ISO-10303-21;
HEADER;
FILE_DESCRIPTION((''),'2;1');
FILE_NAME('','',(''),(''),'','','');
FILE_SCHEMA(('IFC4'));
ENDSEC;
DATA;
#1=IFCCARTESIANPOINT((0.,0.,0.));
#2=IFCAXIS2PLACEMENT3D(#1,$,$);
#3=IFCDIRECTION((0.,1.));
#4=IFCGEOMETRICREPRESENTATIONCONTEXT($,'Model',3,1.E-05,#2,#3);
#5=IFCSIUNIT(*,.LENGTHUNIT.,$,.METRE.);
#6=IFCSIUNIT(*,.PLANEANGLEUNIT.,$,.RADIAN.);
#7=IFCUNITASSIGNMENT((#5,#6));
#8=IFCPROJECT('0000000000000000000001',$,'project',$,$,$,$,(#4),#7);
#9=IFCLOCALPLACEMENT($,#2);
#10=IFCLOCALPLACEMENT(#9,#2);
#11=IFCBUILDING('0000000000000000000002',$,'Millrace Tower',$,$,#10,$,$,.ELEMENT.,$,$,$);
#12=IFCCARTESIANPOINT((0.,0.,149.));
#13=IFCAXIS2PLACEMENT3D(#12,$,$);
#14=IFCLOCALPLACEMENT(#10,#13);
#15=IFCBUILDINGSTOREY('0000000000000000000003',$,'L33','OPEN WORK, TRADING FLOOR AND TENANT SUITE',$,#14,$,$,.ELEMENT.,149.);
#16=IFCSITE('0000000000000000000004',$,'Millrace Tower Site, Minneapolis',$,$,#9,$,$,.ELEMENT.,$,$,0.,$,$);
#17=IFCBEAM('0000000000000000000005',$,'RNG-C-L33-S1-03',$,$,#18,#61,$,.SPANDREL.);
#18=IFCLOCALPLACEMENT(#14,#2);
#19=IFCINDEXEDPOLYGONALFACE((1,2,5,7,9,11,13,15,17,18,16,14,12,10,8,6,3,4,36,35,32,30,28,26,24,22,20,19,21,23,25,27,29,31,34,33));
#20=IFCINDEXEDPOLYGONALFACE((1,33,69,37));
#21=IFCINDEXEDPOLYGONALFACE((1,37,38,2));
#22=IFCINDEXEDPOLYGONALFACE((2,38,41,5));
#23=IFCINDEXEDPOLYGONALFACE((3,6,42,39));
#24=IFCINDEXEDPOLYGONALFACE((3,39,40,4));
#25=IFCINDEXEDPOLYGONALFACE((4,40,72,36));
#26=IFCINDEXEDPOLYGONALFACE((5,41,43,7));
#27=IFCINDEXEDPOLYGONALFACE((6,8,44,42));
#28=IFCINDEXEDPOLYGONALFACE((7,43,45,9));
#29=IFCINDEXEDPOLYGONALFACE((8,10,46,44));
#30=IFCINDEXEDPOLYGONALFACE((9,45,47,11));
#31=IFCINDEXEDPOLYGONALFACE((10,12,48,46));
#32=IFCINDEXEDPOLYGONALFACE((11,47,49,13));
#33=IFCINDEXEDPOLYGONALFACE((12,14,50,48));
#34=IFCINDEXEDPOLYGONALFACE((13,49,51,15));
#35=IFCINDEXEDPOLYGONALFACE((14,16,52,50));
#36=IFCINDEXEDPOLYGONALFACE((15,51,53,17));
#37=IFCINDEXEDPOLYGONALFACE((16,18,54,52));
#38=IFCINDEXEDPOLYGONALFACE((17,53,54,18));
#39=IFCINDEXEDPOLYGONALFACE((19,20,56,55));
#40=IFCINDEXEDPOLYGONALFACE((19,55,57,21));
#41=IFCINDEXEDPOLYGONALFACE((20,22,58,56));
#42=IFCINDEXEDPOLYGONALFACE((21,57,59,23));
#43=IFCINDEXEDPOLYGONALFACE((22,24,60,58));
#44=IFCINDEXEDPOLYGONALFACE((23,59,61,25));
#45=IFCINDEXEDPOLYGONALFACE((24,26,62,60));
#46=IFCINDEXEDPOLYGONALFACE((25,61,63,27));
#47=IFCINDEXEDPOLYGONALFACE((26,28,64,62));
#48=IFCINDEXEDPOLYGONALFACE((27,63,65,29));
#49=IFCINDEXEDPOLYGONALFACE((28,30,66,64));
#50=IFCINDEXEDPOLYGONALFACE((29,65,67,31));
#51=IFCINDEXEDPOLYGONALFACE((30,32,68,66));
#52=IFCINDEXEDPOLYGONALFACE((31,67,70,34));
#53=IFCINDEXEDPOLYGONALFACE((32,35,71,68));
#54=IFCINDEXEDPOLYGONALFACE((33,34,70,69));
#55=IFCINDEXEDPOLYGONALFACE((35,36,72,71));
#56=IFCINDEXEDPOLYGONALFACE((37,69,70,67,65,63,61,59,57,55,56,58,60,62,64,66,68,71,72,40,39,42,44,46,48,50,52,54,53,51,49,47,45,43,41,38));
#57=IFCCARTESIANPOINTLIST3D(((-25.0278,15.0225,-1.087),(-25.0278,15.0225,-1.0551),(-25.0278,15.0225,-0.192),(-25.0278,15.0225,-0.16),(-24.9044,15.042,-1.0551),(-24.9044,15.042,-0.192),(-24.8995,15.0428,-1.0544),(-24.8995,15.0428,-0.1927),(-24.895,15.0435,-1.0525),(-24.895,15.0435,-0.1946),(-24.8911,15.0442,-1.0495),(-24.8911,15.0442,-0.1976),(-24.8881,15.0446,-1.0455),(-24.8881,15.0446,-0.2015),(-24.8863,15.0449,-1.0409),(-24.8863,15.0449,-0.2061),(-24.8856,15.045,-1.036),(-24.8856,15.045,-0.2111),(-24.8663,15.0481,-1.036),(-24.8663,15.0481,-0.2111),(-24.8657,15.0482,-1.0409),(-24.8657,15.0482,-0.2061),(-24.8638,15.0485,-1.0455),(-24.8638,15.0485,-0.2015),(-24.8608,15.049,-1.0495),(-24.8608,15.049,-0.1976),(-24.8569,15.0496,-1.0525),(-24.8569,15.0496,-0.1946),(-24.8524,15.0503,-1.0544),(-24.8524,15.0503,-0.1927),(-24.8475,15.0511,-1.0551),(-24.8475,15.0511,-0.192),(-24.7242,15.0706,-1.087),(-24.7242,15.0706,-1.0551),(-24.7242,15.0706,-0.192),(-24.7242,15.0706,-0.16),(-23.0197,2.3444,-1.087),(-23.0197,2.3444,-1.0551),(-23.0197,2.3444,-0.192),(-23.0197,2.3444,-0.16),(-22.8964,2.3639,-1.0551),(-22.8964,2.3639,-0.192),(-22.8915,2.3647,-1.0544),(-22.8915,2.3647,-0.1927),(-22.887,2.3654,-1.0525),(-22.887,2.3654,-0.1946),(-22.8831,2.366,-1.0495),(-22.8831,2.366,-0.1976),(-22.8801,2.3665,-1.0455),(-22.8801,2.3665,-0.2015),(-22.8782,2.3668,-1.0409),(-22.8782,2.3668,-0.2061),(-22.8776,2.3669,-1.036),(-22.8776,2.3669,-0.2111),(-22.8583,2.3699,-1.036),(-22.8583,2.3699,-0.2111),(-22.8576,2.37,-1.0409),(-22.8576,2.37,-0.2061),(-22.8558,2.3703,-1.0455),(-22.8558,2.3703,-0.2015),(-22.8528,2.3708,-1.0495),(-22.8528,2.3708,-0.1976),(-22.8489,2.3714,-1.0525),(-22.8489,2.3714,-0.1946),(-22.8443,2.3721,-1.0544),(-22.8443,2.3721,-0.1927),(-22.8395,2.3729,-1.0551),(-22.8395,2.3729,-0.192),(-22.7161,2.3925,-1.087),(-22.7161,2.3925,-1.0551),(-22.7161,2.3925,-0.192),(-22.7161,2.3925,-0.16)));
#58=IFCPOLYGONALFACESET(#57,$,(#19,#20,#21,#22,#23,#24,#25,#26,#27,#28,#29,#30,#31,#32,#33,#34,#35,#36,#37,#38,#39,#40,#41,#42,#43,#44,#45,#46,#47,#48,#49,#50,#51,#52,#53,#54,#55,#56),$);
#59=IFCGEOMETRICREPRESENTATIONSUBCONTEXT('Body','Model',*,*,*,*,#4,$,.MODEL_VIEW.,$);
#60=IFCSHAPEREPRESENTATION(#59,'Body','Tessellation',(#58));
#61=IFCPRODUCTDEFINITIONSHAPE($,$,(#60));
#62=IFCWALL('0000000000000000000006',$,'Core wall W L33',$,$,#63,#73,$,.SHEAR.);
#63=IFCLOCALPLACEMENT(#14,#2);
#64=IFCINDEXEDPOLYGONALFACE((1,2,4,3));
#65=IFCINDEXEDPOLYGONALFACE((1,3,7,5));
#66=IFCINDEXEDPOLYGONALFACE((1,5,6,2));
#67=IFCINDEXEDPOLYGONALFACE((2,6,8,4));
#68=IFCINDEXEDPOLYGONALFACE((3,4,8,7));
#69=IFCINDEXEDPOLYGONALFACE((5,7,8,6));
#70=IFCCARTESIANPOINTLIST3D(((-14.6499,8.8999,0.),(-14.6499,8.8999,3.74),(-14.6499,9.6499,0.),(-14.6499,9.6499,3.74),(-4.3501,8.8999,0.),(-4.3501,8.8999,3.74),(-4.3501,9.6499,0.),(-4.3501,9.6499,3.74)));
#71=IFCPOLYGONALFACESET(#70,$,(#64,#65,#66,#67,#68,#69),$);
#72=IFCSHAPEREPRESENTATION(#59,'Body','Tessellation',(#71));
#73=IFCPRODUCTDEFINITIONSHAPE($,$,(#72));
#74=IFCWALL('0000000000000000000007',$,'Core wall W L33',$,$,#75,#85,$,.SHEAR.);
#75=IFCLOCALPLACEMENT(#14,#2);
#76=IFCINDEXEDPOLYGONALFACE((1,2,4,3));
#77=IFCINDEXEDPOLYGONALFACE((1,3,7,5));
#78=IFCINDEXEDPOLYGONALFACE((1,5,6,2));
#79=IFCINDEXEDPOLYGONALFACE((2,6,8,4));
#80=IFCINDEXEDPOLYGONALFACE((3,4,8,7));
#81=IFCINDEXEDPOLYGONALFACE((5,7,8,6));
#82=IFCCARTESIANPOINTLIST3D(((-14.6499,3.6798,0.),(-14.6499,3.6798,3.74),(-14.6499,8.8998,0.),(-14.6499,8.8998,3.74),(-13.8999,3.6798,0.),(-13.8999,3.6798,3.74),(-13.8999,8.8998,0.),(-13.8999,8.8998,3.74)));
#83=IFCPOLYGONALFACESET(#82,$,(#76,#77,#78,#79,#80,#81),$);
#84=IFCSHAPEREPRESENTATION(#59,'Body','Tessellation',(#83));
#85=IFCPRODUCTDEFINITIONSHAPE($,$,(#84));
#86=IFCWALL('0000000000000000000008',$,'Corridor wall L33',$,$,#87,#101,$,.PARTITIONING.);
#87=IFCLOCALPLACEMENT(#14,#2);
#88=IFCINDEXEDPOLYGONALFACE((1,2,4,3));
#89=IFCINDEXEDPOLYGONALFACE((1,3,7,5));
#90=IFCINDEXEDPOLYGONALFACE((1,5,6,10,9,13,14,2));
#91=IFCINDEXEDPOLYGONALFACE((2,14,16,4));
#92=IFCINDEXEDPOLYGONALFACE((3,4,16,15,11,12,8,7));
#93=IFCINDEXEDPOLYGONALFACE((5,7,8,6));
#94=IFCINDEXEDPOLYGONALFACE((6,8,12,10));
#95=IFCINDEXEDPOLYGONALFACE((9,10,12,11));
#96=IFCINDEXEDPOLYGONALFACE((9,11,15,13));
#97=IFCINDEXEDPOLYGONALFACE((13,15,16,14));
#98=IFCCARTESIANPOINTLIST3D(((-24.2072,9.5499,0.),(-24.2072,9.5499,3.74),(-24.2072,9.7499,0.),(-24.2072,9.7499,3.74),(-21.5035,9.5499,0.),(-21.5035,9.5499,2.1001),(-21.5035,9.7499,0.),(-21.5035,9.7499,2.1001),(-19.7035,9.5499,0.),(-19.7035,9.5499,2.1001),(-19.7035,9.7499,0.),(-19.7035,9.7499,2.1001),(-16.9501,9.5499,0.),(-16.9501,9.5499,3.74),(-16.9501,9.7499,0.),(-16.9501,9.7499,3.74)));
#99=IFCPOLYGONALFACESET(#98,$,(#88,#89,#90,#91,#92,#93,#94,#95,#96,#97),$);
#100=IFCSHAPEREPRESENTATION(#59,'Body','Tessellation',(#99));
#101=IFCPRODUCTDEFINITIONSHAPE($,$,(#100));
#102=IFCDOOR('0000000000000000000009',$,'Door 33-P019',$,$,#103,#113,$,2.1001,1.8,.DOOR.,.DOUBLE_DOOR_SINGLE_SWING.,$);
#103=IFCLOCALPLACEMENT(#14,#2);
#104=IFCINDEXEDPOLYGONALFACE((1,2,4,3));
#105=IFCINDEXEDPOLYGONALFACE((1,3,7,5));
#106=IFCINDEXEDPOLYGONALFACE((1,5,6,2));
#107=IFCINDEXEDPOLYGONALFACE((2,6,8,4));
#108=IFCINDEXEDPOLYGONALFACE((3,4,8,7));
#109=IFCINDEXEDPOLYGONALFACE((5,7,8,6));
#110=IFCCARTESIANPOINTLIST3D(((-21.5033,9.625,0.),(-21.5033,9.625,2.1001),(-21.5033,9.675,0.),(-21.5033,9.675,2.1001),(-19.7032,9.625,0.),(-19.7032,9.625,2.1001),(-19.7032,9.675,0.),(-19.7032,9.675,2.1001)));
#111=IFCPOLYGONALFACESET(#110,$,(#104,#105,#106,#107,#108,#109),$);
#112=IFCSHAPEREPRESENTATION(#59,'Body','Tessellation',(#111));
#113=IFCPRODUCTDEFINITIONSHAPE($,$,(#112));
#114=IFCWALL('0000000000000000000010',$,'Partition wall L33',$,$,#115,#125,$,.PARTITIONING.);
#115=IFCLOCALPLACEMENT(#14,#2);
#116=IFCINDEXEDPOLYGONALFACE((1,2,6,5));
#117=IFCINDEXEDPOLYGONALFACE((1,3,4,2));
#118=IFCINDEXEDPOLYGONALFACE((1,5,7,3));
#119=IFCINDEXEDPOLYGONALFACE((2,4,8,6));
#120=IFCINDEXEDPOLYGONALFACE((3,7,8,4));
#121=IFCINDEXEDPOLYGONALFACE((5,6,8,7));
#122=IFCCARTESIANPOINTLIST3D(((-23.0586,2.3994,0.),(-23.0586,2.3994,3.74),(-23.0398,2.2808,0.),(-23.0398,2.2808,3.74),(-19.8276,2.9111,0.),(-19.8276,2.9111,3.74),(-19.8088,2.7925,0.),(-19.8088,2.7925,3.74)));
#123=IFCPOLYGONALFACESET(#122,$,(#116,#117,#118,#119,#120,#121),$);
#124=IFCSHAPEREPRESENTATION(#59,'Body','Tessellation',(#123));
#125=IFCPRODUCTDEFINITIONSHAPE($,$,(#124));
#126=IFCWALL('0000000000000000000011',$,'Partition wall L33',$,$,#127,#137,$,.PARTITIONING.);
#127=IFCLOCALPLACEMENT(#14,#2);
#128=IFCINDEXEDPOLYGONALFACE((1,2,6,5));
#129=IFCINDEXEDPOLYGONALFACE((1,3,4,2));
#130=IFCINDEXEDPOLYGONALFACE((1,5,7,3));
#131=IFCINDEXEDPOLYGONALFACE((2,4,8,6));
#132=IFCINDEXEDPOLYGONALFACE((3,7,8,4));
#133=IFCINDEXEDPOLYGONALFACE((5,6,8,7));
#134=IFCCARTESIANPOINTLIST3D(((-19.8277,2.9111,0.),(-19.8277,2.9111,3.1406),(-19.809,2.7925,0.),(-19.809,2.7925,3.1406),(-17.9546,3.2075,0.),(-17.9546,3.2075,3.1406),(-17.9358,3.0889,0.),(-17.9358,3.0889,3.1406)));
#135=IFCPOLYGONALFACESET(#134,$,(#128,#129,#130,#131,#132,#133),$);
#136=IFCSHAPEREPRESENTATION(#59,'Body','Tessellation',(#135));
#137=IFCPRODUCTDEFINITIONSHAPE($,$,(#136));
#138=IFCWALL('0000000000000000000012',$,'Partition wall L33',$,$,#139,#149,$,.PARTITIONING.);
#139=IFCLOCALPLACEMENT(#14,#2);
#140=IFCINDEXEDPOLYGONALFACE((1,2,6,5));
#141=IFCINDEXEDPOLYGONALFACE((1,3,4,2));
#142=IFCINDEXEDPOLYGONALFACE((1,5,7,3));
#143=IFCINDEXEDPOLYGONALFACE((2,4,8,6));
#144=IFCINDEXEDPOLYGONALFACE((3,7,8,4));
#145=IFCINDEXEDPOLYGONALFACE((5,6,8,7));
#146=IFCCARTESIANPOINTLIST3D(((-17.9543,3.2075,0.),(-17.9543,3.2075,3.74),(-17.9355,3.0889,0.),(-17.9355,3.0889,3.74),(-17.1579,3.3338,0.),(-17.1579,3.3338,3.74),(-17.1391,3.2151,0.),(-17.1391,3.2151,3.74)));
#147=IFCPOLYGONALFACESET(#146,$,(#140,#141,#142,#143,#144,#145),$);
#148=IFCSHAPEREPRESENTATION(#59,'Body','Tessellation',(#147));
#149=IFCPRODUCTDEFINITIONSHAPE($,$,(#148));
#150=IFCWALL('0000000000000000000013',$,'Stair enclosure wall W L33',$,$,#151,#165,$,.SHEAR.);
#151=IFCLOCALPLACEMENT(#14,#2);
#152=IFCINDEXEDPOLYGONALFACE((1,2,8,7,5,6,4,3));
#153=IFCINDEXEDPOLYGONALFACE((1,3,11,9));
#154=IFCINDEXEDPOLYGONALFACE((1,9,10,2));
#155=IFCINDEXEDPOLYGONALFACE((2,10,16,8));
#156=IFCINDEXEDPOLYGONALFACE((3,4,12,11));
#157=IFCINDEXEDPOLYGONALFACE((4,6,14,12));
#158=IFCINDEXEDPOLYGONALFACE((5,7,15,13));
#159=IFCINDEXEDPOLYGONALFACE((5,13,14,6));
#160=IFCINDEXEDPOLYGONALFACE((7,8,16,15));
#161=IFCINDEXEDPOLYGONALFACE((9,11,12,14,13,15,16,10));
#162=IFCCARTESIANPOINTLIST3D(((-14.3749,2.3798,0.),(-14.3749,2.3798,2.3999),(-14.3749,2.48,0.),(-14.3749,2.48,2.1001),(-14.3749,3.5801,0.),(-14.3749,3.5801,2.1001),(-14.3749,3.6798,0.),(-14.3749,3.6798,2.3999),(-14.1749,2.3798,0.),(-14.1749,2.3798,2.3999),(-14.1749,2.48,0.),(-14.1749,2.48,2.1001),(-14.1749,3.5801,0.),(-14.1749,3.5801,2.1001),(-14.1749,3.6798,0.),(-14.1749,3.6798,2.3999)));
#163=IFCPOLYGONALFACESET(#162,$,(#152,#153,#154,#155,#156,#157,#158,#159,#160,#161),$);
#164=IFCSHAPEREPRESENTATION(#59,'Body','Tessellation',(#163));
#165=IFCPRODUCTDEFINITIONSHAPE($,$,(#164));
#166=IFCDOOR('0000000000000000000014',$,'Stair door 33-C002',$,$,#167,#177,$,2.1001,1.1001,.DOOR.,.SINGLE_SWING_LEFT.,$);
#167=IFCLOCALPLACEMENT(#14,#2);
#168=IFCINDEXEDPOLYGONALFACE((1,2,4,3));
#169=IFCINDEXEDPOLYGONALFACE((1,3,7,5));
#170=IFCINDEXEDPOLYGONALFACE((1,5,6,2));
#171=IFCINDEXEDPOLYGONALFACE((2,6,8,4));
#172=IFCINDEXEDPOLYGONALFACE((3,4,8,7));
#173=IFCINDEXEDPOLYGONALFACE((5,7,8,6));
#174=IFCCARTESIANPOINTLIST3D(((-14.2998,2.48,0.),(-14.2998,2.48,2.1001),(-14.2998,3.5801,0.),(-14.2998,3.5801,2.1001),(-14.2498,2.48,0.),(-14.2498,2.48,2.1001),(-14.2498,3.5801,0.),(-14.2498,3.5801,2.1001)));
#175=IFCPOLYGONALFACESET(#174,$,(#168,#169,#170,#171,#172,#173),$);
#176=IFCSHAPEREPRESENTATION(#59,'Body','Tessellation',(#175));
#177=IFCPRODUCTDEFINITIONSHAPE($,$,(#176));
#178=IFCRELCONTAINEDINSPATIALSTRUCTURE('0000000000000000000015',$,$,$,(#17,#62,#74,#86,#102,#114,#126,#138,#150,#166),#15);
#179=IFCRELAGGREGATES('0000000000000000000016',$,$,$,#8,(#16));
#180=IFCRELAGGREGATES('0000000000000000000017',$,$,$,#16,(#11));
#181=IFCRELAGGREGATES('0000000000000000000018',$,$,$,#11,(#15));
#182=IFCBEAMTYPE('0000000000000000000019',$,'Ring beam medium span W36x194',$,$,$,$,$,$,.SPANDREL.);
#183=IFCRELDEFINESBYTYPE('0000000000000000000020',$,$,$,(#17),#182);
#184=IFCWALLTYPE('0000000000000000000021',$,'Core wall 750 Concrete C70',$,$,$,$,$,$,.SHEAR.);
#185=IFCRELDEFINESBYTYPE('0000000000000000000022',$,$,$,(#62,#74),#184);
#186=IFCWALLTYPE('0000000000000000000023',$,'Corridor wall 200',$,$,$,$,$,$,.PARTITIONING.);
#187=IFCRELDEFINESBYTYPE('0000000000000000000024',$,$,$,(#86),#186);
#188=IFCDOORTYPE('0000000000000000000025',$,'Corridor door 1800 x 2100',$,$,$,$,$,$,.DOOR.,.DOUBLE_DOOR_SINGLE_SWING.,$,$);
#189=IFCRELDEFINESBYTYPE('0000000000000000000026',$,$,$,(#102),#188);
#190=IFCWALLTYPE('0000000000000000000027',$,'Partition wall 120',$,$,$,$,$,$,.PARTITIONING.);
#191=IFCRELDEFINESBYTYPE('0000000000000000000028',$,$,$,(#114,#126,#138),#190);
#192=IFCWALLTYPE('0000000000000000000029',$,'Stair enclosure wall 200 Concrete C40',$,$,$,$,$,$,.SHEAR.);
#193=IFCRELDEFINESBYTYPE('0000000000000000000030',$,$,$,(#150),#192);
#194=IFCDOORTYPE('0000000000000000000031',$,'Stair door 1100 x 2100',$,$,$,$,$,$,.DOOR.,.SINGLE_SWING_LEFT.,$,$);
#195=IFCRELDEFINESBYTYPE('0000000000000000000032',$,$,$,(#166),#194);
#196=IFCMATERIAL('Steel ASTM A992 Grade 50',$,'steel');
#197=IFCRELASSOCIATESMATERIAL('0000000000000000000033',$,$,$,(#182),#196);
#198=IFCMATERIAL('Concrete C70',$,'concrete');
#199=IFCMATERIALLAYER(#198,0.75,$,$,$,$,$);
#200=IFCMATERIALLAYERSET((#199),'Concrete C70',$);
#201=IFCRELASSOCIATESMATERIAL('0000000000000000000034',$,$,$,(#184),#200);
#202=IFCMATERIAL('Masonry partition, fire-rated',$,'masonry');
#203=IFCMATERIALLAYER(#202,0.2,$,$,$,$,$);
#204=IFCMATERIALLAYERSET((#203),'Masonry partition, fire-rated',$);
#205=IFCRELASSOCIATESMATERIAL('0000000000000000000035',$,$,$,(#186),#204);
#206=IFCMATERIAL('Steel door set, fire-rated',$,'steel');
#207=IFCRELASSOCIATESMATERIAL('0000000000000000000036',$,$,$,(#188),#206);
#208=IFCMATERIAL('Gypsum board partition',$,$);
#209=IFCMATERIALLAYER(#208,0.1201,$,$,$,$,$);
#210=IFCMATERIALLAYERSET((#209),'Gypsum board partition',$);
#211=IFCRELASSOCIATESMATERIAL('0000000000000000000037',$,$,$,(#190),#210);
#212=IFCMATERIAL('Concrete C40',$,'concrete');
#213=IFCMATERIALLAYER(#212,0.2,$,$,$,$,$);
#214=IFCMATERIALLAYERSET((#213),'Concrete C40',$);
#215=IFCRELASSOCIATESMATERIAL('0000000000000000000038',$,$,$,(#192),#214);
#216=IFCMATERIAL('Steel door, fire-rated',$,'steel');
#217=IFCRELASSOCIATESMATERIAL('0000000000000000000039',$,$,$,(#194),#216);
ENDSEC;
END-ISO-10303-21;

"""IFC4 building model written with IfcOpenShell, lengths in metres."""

from ifc_helpers import new_model, si_unit, direction, frame, frame_2d, origin, origin_2d, place, context, subcontext, project, spatial, rectangle, i_section, extrude, material, layer, layer_set, material_profile, profile_set, type_object, element, fill, save


model = new_model("IFC4")

# Units and contexts
model_context = context("Model", 3, precision=1e-05, world=origin(), true_north=direction((0.0, 1.0)))
body_context = subcontext(model_context, "Body", "Model", "MODEL_VIEW")
ifc_project = project(units=[si_unit("LENGTHUNIT", "METRE"), si_unit("PLANEANGLEUNIT", "RADIAN")], contexts=[model_context])

# Site, building, storey
site_placement = place(None, origin())
site = spatial("IfcSite", under=ifc_project, at=site_placement, Name="Millrace Tower Site, Minneapolis", CompositionType="ELEMENT", RefElevation=0.0)
building_placement = place(site_placement, origin())
building = spatial("IfcBuilding", under=site, at=building_placement, Name="Millrace Tower", CompositionType="ELEMENT")
storey_placement = place(building_placement, frame((0.0, 0.0, 149.0)))
storey = spatial("IfcBuildingStorey", under=building, at=storey_placement, Name="L33", Description="OPEN WORK, TRADING FLOOR AND TENANT SUITE", CompositionType="ELEMENT", Elevation=149.0)

# Beam
ifc_material_1 = material(Name="Steel ASTM A992 Grade 50", Category="steel")
ifc_material_profile_1 = material_profile(ifc_material_1, i_section(OverallWidth=0.3074, OverallDepth=0.927, WebThickness=0.0195, FlangeThickness=0.032, FilletRadius=0.019, at=origin_2d()))
ifc_profile_set_1 = profile_set([ifc_material_profile_1], Name="Steel ASTM A992 Grade 50")
beam_type_1 = type_object("IfcBeamType", Name="Ring beam medium span W36x194", PredefinedType="SPANDREL", material=ifc_profile_set_1)
beam_1_placement = place(storey_placement, frame((-22.8679, 2.3684, -0.6235), z_axis=(-0.156436, 0.987688, 0.0), x_axis=(-0.987688, -0.156436, 0.0)))
element("IfcBeam", 1, at=beam_1_placement, inside=storey, type_object=beam_type_1, Name="RNG-C-L33-S1-03", PredefinedType="SPANDREL", context=body_context, shape_type="SweptSolid", body=[
    extrude(i_section(OverallWidth=0.3074, OverallDepth=0.927, WebThickness=0.0195, FlangeThickness=0.032, FilletRadius=0.019, at=origin_2d()), origin(), (0.0, 0.0, 1.0), 12.8362),
])

# Walls
ifc_material_2 = material(Name="Concrete C70", Category="concrete")
ifc_layer_1 = layer(ifc_material_2, 0.75)
ifc_layer_set_1 = layer_set([ifc_layer_1], Name="Concrete C70")
wall_type_1 = type_object("IfcWallType", Name="Core wall 750 Concrete C70", PredefinedType="SHEAR", material=ifc_layer_set_1)
wall_1_placement = place(storey_placement, frame((-14.6499, 9.2749, 0.0), z_axis=(0.0, 0.0, 1.0), x_axis=(1.0, 0.0, 0.0)))
element("IfcWall", 2, at=wall_1_placement, inside=storey, type_object=wall_type_1, Name="Core wall W L33", PredefinedType="SHEAR", context=body_context, shape_type="SweptSolid", body=[
    extrude(rectangle(XDim=10.2998, YDim=0.75, at=frame_2d((5.1499, 0.0))), origin(), (0.0, 0.0, 1.0), 3.74),
])
wall_2_placement = place(storey_placement, frame((-14.2749, 3.6799, 0.0), z_axis=(0.0, 0.0, 1.0), x_axis=(0.0, 1.0, 0.0)))
element("IfcWall", 3, at=wall_2_placement, inside=storey, type_object=wall_type_1, Name="Core wall W L33", PredefinedType="SHEAR", context=body_context, shape_type="SweptSolid", body=[
    extrude(rectangle(XDim=5.22, YDim=0.75, at=frame_2d((2.6099, 0.0))), origin(), (0.0, 0.0, 1.0), 3.74),
])

# Wall, opening, door
ifc_material_3 = material(Name="Masonry partition, fire-rated", Category="masonry")
ifc_layer_2 = layer(ifc_material_3, 0.2)
ifc_layer_set_2 = layer_set([ifc_layer_2], Name="Masonry partition, fire-rated")
wall_type_2 = type_object("IfcWallType", Name="Corridor wall 200", PredefinedType="PARTITIONING", material=ifc_layer_set_2)
wall_3_placement = place(storey_placement, frame((-24.207, 9.6499, 0.0), z_axis=(0.0, 0.0, 1.0), x_axis=(1.0, 0.0, 0.0)))
wall_3 = element("IfcWall", 4, at=wall_3_placement, inside=storey, type_object=wall_type_2, Name="Corridor wall L33", PredefinedType="PARTITIONING", context=body_context, shape_type="SweptSolid", body=[
    extrude(rectangle(XDim=7.2571, YDim=0.2, at=frame_2d((3.6284, 0.0))), origin(), (0.0, 0.0, 1.0), 3.74),
])
opening_1_placement = place(wall_3_placement, frame((2.7036, 0.0, 0.0)))
opening_1 = element("IfcOpeningElement", 5, at=opening_1_placement, cuts=wall_3, PredefinedType="OPENING", context=body_context, shape_type="SweptSolid", body=[
    extrude(rectangle(XDim=1.8, YDim=2.1001, at=frame_2d((0.8999, 1.05))), frame((0.0, 0.1099, 0.0), z_axis=(0.0, -1.0, 0.0), x_axis=(1.0, 0.0, 0.0)), (0.0, 0.0, 1.0), 0.22),
])
ifc_material_4 = material(Name="Steel door set, fire-rated", Category="steel")
door_type_1 = type_object("IfcDoorType", Name="Corridor door 1800 x 2100", OperationType="DOUBLE_DOOR_SINGLE_SWING", PredefinedType="DOOR", material=ifc_material_4)
door_1_placement = place(opening_1_placement, frame((1.8, 0.0, 0.0), z_axis=(0.0, 0.0, 1.0), x_axis=(-1.0, 0.0, 0.0)))
door_1 = element("IfcDoor", 6, at=door_1_placement, inside=storey, type_object=door_type_1, Name="Door 33-P019", OperationType="DOUBLE_DOOR_SINGLE_SWING", OverallHeight=2.1001, OverallWidth=1.8, PredefinedType="DOOR", context=body_context, shape_type="SweptSolid", body=[
    extrude(rectangle(XDim=1.8, YDim=2.1001, at=frame_2d((0.8999, 1.05))), frame((0.0, 0.0249, 0.0), z_axis=(0.0, -1.0, 0.0), x_axis=(1.0, 0.0, 0.0)), (0.0, 0.0, 1.0), 0.05),
])
fill(opening_1, door_1)

# Walls
ifc_material_5 = material(Name="Gypsum board partition")
ifc_layer_3 = layer(ifc_material_5, 0.1201)
ifc_layer_set_3 = layer_set([ifc_layer_3], Name="Gypsum board partition")
wall_type_3 = type_object("IfcWallType", Name="Partition wall 120", PredefinedType="PARTITIONING", material=ifc_layer_set_3)
wall_4_placement = place(storey_placement, frame((-23.0493, 2.3401, 0.0), z_axis=(0.0, 0.0, 1.0), x_axis=(0.987689, 0.15643, 0.0)))
element("IfcWall", 7, at=wall_4_placement, inside=storey, type_object=wall_type_3, Name="Partition wall L33", PredefinedType="PARTITIONING", context=body_context, shape_type="SweptSolid", body=[
    extrude(rectangle(XDim=3.2712, YDim=0.1201, at=frame_2d((1.6357, 0.0))), origin(), (0.0, 0.0, 1.0), 3.74),
])
wall_5_placement = place(storey_placement, frame((-19.8184, 2.8518, 0.0), z_axis=(0.0, 0.0, 1.0), x_axis=(0.987714, 0.156273, 0.0)))
element("IfcWall", 8, at=wall_5_placement, inside=storey, type_object=wall_type_3, Name="Partition wall L33", PredefinedType="PARTITIONING", context=body_context, shape_type="SweptSolid", body=[
    extrude(rectangle(XDim=1.8965, YDim=0.1201, at=frame_2d((0.9482, 0.0))), origin(), (0.0, 0.0, 1.0), 3.1406),
])
wall_6_placement = place(storey_placement, frame((-17.9451, 3.1482, 0.0), z_axis=(0.0, 0.0, 1.0), x_axis=(0.987672, 0.156538, 0.0)))
element("IfcWall", 9, at=wall_6_placement, inside=storey, type_object=wall_type_3, Name="Partition wall L33", PredefinedType="PARTITIONING", context=body_context, shape_type="SweptSolid", body=[
    extrude(rectangle(XDim=0.8064, YDim=0.1201, at=frame_2d((0.4033, 0.0))), origin(), (0.0, 0.0, 1.0), 3.74),
])

# Wall, opening, door
ifc_material_6 = material(Name="Concrete C40", Category="concrete")
ifc_layer_4 = layer(ifc_material_6, 0.2)
ifc_layer_set_4 = layer_set([ifc_layer_4], Name="Concrete C40")
wall_type_4 = type_object("IfcWallType", Name="Stair enclosure wall 200 Concrete C40", PredefinedType="SHEAR", material=ifc_layer_set_4)
wall_7_placement = place(storey_placement, frame((-14.2749, 2.3799, 0.0), z_axis=(0.0, 0.0, 1.0), x_axis=(0.0, 1.0, 0.0)))
wall_7 = element("IfcWall", 10, at=wall_7_placement, inside=storey, type_object=wall_type_4, Name="Stair enclosure wall W L33", PredefinedType="SHEAR", context=body_context, shape_type="SweptSolid", body=[
    extrude(rectangle(XDim=1.3, YDim=0.2, at=frame_2d((0.6499, 0.0))), origin(), (0.0, 0.0, 1.0), 2.3999),
])
opening_2_placement = place(wall_7_placement, frame((0.1001, 0.0, 0.0)))
opening_2 = element("IfcOpeningElement", 11, at=opening_2_placement, cuts=wall_7, PredefinedType="OPENING", context=body_context, shape_type="SweptSolid", body=[
    extrude(rectangle(XDim=1.1001, YDim=2.1001, at=frame_2d((0.55, 1.05))), frame((0.0, 0.1099, 0.0), z_axis=(0.0, -1.0, 0.0), x_axis=(1.0, 0.0, 0.0)), (0.0, 0.0, 1.0), 0.22),
])
ifc_material_7 = material(Name="Steel door, fire-rated", Category="steel")
door_type_2 = type_object("IfcDoorType", Name="Stair door 1100 x 2100", OperationType="SINGLE_SWING_LEFT", PredefinedType="DOOR", material=ifc_material_7)
door_2_placement = place(opening_2_placement, origin())
door_2 = element("IfcDoor", 12, at=door_2_placement, inside=storey, type_object=door_type_2, Name="Stair door 33-C002", OperationType="SINGLE_SWING_LEFT", OverallHeight=2.1001, OverallWidth=1.1001, PredefinedType="DOOR", context=body_context, shape_type="SweptSolid", body=[
    extrude(rectangle(XDim=1.1001, YDim=2.1001, at=frame_2d((0.55, 1.05))), frame((0.0, 0.0249, 0.0), z_axis=(0.0, -1.0, 0.0), x_axis=(1.0, 0.0, 0.0)), (0.0, 0.0, 1.0), 0.05),
])
fill(opening_2, door_2)

save(model, "model.ifc")
